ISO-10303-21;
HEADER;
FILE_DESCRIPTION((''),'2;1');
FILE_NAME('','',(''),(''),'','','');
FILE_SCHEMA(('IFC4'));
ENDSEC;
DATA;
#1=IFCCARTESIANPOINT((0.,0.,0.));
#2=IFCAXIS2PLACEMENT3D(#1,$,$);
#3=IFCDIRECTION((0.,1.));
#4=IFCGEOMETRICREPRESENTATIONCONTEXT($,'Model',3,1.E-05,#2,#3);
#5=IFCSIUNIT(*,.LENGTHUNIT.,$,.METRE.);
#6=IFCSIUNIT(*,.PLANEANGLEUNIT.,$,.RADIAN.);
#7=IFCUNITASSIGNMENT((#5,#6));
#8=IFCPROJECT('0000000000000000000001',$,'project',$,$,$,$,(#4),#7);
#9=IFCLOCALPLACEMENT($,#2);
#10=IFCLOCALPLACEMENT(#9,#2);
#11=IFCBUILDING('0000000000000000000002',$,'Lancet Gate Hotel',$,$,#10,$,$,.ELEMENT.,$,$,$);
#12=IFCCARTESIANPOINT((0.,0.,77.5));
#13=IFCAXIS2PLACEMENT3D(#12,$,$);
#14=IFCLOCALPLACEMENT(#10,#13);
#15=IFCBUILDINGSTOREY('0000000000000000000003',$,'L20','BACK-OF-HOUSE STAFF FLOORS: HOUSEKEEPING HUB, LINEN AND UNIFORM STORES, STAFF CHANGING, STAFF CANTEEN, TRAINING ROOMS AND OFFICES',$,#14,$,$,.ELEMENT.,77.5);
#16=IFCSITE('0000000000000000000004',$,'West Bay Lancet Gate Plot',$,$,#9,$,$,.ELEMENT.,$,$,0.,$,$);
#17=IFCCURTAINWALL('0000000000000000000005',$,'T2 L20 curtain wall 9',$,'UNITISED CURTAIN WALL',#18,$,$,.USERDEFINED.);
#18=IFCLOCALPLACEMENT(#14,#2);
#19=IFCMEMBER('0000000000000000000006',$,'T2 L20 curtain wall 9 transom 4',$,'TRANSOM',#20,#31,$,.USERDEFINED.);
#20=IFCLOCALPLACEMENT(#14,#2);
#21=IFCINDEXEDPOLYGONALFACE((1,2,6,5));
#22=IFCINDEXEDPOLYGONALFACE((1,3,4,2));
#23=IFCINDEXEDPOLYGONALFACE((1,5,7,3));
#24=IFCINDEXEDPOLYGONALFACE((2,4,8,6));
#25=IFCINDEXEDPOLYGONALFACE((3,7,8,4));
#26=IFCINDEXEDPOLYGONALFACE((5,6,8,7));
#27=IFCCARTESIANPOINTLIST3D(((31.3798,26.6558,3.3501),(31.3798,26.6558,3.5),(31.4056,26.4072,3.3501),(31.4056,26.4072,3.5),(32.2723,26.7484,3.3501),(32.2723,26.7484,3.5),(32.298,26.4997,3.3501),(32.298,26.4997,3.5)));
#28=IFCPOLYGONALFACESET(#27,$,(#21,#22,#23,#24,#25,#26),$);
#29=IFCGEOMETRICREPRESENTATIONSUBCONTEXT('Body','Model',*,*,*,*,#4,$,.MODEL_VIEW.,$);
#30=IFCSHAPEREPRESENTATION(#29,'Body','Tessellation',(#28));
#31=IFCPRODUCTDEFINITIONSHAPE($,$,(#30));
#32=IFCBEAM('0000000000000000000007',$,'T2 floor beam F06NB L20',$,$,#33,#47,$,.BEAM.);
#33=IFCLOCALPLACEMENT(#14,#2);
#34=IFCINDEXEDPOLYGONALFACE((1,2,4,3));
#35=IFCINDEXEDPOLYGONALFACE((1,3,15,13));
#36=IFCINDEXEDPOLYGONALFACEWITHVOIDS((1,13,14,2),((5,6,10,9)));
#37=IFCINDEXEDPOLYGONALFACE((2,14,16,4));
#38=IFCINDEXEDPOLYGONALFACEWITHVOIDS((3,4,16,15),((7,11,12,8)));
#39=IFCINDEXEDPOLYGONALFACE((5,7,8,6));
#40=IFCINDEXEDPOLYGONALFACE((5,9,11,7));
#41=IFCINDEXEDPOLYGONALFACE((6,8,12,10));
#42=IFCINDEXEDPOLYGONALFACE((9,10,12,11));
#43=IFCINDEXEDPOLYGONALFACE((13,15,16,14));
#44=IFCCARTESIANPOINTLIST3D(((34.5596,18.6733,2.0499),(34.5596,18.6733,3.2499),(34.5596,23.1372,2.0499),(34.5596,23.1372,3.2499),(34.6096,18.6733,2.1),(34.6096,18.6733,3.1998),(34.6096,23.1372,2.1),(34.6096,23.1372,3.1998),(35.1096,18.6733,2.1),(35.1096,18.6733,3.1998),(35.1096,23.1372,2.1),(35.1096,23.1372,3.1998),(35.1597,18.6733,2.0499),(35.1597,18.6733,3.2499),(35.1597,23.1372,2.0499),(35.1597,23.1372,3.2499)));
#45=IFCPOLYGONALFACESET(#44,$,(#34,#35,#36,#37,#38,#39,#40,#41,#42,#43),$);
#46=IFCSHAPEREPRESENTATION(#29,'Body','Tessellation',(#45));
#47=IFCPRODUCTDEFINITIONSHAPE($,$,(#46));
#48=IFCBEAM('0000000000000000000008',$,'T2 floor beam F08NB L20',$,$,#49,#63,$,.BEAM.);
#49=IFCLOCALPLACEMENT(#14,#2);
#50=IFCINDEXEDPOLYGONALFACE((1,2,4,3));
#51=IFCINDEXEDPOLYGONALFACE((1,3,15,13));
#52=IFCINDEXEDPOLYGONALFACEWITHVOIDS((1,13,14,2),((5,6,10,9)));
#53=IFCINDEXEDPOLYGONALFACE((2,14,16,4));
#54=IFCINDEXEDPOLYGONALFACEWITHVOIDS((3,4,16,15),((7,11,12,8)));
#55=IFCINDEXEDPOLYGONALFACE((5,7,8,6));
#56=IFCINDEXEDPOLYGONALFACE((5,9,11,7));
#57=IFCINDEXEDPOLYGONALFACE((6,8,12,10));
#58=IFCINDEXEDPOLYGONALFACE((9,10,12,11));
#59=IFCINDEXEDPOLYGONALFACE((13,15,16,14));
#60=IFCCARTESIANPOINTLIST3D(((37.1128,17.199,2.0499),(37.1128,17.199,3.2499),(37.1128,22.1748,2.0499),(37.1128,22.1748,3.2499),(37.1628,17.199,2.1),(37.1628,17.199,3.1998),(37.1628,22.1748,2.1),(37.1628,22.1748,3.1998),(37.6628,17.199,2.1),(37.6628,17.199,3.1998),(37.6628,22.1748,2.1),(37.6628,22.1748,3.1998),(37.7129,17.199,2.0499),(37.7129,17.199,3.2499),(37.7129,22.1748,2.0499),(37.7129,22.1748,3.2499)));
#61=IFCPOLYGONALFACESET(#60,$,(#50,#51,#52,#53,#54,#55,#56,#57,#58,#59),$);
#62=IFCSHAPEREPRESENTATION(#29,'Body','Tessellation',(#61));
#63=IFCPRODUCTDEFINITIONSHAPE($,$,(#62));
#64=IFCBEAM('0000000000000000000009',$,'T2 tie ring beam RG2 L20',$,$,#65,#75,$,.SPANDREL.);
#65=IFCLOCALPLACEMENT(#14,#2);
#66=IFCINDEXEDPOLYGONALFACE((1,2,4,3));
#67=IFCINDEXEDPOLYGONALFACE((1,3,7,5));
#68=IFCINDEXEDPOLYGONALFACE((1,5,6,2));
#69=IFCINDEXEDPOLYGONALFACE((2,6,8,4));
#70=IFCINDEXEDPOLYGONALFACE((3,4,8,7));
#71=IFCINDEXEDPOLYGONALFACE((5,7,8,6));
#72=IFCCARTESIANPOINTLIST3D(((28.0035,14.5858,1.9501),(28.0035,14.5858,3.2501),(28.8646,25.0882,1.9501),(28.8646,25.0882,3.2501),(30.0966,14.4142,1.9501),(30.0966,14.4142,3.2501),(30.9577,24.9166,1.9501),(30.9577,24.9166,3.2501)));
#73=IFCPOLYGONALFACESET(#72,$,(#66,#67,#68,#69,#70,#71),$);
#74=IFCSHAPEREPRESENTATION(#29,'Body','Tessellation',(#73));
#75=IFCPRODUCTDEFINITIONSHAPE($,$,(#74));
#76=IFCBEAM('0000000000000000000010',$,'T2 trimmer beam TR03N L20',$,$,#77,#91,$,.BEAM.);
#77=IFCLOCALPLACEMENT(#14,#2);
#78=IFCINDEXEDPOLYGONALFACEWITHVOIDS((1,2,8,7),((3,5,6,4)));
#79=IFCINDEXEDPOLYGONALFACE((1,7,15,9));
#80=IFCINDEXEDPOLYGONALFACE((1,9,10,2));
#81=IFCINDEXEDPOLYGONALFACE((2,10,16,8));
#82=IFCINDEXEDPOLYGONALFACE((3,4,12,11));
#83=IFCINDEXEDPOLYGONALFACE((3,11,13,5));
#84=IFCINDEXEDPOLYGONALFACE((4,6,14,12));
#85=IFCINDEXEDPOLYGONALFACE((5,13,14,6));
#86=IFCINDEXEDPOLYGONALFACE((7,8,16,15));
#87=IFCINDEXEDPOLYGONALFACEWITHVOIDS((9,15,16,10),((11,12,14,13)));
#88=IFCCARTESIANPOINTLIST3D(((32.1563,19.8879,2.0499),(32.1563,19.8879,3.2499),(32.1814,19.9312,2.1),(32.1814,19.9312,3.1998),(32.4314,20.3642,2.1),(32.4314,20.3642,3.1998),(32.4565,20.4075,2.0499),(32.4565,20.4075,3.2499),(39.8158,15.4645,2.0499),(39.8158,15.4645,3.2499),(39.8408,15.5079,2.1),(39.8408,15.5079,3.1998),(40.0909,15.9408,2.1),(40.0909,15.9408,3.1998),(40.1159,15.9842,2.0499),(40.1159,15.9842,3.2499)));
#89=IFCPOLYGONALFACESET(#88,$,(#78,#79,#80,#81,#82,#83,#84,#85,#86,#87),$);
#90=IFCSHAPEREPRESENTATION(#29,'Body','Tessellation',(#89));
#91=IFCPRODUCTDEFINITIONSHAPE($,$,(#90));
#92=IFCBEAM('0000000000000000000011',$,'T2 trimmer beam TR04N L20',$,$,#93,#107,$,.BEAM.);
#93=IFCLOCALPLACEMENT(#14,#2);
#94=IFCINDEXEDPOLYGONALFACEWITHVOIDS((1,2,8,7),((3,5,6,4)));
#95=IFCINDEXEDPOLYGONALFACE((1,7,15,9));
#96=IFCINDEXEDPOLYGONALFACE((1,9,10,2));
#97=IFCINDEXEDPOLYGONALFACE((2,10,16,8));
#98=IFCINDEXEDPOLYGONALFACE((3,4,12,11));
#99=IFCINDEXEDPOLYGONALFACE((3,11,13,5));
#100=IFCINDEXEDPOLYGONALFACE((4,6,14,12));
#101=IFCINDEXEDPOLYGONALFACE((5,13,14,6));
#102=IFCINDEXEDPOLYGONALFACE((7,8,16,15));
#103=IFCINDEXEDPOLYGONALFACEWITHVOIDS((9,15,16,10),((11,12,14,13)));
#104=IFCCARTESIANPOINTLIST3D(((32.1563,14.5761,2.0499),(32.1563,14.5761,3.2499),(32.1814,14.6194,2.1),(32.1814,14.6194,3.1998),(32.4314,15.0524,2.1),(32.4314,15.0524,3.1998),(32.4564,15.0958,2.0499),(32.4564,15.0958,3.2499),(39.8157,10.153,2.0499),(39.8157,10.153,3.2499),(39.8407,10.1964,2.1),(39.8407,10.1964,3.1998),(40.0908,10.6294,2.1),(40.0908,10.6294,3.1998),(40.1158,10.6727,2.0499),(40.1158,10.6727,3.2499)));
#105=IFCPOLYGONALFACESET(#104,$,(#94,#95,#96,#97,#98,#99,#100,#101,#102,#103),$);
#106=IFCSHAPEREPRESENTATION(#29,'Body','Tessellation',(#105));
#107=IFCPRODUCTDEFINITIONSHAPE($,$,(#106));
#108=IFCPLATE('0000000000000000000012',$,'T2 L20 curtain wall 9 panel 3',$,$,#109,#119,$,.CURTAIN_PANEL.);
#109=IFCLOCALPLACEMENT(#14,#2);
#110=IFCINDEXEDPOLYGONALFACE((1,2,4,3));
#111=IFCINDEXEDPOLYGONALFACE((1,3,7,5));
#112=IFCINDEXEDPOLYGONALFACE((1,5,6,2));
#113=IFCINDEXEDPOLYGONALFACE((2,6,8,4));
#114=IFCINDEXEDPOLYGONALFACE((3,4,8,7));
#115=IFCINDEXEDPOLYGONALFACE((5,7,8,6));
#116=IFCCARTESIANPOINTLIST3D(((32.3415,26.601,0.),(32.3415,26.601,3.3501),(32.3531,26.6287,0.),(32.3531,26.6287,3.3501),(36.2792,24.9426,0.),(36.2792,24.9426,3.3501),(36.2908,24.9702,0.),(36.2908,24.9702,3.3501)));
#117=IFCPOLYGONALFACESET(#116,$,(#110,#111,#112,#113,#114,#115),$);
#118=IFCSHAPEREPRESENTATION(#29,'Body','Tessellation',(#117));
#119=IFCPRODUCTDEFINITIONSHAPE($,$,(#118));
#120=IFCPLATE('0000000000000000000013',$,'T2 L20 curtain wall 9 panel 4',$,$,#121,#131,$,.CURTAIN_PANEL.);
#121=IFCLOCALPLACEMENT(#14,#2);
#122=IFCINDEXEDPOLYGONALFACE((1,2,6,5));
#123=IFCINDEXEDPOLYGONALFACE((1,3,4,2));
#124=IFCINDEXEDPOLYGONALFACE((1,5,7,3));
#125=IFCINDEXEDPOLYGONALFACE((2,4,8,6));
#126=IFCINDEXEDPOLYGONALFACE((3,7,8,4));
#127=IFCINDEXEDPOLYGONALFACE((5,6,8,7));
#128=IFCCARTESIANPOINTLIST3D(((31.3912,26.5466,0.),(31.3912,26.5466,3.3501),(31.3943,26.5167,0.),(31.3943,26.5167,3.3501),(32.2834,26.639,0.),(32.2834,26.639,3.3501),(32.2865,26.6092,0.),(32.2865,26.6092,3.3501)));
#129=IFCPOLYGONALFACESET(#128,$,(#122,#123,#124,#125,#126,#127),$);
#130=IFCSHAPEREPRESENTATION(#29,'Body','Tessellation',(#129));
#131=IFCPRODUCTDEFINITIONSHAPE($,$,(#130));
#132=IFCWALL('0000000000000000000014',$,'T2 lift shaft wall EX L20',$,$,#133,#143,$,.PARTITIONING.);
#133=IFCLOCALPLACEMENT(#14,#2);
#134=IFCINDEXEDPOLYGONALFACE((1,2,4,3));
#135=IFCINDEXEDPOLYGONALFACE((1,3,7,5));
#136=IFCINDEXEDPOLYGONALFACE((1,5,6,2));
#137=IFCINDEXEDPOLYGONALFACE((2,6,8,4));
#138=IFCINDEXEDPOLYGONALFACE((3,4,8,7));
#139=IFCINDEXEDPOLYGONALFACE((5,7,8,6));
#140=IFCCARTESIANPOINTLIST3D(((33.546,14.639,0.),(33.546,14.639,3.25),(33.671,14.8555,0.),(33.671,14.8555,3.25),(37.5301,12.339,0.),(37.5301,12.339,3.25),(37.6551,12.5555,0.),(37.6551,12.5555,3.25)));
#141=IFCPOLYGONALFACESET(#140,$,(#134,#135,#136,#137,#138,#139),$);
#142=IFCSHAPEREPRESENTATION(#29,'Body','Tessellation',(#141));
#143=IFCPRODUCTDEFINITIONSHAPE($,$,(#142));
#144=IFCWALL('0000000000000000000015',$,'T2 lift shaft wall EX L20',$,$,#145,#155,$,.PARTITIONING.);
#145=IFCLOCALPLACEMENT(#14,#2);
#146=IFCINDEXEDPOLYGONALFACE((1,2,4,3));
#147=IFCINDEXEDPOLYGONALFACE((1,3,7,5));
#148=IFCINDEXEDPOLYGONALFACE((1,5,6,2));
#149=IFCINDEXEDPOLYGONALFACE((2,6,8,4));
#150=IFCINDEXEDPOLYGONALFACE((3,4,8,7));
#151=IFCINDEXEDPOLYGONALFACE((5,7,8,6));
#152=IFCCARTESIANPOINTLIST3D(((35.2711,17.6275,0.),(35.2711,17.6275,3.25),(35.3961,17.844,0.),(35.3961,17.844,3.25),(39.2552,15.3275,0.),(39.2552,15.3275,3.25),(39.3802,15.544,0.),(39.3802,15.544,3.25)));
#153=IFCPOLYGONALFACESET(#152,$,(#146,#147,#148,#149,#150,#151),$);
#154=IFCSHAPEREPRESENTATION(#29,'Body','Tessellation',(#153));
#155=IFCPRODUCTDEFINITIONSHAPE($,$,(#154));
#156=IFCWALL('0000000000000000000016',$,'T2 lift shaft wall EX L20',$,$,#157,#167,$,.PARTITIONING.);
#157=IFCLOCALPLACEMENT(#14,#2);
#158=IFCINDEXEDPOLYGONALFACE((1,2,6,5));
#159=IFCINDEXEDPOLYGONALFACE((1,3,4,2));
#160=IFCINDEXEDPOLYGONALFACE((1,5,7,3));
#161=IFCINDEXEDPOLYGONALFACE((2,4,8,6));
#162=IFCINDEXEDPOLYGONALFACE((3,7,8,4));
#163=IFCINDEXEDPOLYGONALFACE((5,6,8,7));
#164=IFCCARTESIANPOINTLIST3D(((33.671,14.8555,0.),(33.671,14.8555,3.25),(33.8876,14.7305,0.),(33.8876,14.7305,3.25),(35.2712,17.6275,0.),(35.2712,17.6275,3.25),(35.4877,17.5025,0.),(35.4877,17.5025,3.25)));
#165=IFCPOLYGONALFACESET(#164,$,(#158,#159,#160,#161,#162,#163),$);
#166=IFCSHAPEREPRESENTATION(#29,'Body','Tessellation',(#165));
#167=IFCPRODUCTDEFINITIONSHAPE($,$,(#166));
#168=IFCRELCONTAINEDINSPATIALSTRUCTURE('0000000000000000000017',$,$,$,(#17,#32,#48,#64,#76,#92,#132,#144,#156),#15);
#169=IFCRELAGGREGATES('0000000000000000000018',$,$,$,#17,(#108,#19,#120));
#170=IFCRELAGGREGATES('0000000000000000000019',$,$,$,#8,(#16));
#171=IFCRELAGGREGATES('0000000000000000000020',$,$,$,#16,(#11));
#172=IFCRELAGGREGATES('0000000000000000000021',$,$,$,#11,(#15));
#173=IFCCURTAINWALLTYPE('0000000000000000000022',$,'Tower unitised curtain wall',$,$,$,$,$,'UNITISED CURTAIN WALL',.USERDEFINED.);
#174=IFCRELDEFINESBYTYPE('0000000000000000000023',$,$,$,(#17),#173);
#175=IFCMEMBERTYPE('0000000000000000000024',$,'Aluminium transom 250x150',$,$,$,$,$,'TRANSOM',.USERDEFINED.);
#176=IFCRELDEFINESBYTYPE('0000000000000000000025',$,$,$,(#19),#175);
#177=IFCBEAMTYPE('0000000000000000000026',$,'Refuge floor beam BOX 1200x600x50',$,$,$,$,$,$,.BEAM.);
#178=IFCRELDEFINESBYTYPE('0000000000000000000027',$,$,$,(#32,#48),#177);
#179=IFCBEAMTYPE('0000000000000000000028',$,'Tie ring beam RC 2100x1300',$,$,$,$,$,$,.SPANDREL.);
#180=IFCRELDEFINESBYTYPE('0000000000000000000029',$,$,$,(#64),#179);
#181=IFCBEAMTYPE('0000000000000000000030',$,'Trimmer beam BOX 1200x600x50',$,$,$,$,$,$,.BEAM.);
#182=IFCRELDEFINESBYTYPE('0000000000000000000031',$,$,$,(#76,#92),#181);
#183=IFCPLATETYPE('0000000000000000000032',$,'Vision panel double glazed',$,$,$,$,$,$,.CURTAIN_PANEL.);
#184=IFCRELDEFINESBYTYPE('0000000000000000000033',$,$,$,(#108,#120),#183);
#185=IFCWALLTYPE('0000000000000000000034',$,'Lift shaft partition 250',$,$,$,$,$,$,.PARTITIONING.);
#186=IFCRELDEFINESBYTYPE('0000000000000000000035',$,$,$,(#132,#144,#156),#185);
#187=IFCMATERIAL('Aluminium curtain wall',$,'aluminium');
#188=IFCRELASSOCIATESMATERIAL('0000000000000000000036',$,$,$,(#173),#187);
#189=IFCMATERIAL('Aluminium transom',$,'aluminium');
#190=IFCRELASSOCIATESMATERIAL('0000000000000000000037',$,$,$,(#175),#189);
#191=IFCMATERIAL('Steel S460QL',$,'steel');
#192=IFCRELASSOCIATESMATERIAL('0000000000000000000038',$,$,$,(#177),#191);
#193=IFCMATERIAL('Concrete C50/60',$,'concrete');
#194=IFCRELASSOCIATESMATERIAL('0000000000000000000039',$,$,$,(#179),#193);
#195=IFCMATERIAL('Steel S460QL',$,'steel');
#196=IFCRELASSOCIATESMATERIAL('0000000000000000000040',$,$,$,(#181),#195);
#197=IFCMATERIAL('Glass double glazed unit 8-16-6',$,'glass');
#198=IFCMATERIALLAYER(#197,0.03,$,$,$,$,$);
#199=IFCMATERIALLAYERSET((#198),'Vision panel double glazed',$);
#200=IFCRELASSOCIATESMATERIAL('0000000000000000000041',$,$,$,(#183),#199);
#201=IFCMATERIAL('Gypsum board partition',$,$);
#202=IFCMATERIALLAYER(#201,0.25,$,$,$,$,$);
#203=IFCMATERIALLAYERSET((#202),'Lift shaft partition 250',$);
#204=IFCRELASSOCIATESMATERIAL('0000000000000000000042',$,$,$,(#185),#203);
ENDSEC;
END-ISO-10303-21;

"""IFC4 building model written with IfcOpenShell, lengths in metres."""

from ifc_helpers import new_model, si_unit, direction, frame, frame_2d, origin, origin_2d, place, context, subcontext, project, spatial, rectangle, hollow_rectangle, extrude, material, layer, layer_set, material_profile, profile_set, type_object, element, aggregate, save


model = new_model("IFC4")

# Units and contexts
model_context = context("Model", 3, precision=1e-05, world=origin(), true_north=direction((0.0, 1.0)))
body_context = subcontext(model_context, "Body", "Model", "MODEL_VIEW")
ifc_project = project(units=[si_unit("LENGTHUNIT", "METRE"), si_unit("PLANEANGLEUNIT", "RADIAN")], contexts=[model_context])

# Site, building, storey
site_placement = place(None, origin())
site = spatial("IfcSite", under=ifc_project, at=site_placement, Name="West Bay Lancet Gate Plot", CompositionType="ELEMENT", RefElevation=0.0)
building_placement = place(site_placement, origin())
building = spatial("IfcBuilding", under=site, at=building_placement, Name="Lancet Gate Hotel", CompositionType="ELEMENT")
storey_placement = place(building_placement, frame((0.0, 0.0, 77.5)))
storey = spatial("IfcBuildingStorey", under=building, at=storey_placement, Name="L20", Description="BACK-OF-HOUSE STAFF FLOORS: HOUSEKEEPING HUB, LINEN AND UNIFORM STORES, STAFF CHANGING, STAFF CANTEEN, TRAINING ROOMS AND OFFICES", CompositionType="ELEMENT", Elevation=77.5)

# Curtain wall, member
ifc_material_1 = material(Name="Aluminium curtain wall", Category="aluminium")
curtain_wall_type = type_object("IfcCurtainWallType", Name="Tower unitised curtain wall", ElementType="UNITISED CURTAIN WALL", PredefinedType="USERDEFINED", material=ifc_material_1)
curtain_wall_placement = place(storey_placement, origin())
curtain_wall = element("IfcCurtainWall", 1, at=curtain_wall_placement, inside=storey, type_object=curtain_wall_type, Name="T2 L20 curtain wall 9", ObjectType="UNITISED CURTAIN WALL", PredefinedType="USERDEFINED")
ifc_material_2 = material(Name="Aluminium transom", Category="aluminium")
ifc_material_profile_1 = material_profile(ifc_material_2, rectangle(XDim=0.25, YDim=0.1499, at=origin_2d()), Name="TRANSOM 250x150")
ifc_profile_set_1 = profile_set([ifc_material_profile_1], Name="Aluminium transom")
member_type_1 = type_object("IfcMemberType", Name="Aluminium transom 250x150", ElementType="TRANSOM", PredefinedType="USERDEFINED", material=ifc_profile_set_1)
member_1_placement = place(storey_placement, frame((32.2852, 26.624, 3.425), z_axis=(-0.994667, -0.103141, 0.0), x_axis=(0.103141, -0.994667, 0.0)))
member_1 = element("IfcMember", 2, at=member_1_placement, type_object=member_type_1, Name="T2 L20 curtain wall 9 transom 4", ObjectType="TRANSOM", PredefinedType="USERDEFINED", context=body_context, shape_type="SweptSolid", body=[
    extrude(rectangle(XDim=0.25, YDim=0.1499, at=origin_2d()), origin(), (0.0, 0.0, 1.0), 0.8972),
])

# Beams
ifc_material_3 = material(Name="Steel S460QL", Category="steel")
ifc_material_profile_2 = material_profile(ifc_material_3, hollow_rectangle(XDim=0.6001, YDim=1.2, WallThickness=0.05, at=origin_2d()), Name="BOX 1200x600x50")
ifc_profile_set_2 = profile_set([ifc_material_profile_2], Name="Steel S460QL")
beam_type_1 = type_object("IfcBeamType", Name="Refuge floor beam BOX 1200x600x50", PredefinedType="BEAM", material=ifc_profile_set_2)
beam_1_placement = place(storey_placement, frame((34.8596, 18.6733, 2.6499), z_axis=(0.0, 1.0, 0.0), x_axis=(-1.0, 0.0, 0.0)))
element("IfcBeam", 3, at=beam_1_placement, inside=storey, type_object=beam_type_1, Name="T2 floor beam F06NB L20", PredefinedType="BEAM", context=body_context, shape_type="SweptSolid", body=[
    extrude(hollow_rectangle(XDim=0.6001, YDim=1.2, WallThickness=0.05, at=origin_2d()), origin(), (0.0, 0.0, 1.0), 4.4639),
])
beam_2_placement = place(storey_placement, frame((37.4128, 17.199, 2.6499), z_axis=(0.0, 1.0, 0.0), x_axis=(-1.0, 0.0, 0.0)))
element("IfcBeam", 4, at=beam_2_placement, inside=storey, type_object=beam_type_1, Name="T2 floor beam F08NB L20", PredefinedType="BEAM", context=body_context, shape_type="SweptSolid", body=[
    extrude(hollow_rectangle(XDim=0.6001, YDim=1.2, WallThickness=0.05, at=origin_2d()), origin(), (0.0, 0.0, 1.0), 4.9758),
])
ifc_material_4 = material(Name="Concrete C50/60", Category="concrete")
ifc_material_profile_3 = material_profile(ifc_material_4, rectangle(XDim=2.1001, YDim=1.3, at=origin_2d()), Name="RC 2100x1300")
ifc_profile_set_3 = profile_set([ifc_material_profile_3], Name="Concrete C50/60")
beam_type_2 = type_object("IfcBeamType", Name="Tie ring beam RC 2100x1300", PredefinedType="SPANDREL", material=ifc_profile_set_3)
beam_3_placement = place(storey_placement, frame((29.05, 14.5, 2.6001), z_axis=(0.081715, 0.996656, 0.0), x_axis=(-0.996656, 0.081715, 0.0)))
element("IfcBeam", 5, at=beam_3_placement, inside=storey, type_object=beam_type_2, Name="T2 tie ring beam RG2 L20", PredefinedType="SPANDREL", context=body_context, shape_type="SweptSolid", body=[
    extrude(rectangle(XDim=2.1001, YDim=1.3, at=origin_2d()), origin(), (0.0, 0.0, 1.0), 10.5376),
])
ifc_material_5 = material(Name="Steel S460QL", Category="steel")
ifc_material_profile_4 = material_profile(ifc_material_5, hollow_rectangle(XDim=0.6001, YDim=1.2, WallThickness=0.05, at=origin_2d()), Name="BOX 1200x600x50")
ifc_profile_set_4 = profile_set([ifc_material_profile_4], Name="Steel S460QL")
beam_type_3 = type_object("IfcBeamType", Name="Trimmer beam BOX 1200x600x50", PredefinedType="BEAM", material=ifc_profile_set_4)
beam_4_placement = place(storey_placement, frame((32.3064, 20.1477, 2.6499), z_axis=(0.865968, -0.500099, 0.0), x_axis=(0.500099, 0.865968, 0.0)))
element("IfcBeam", 6, at=beam_4_placement, inside=storey, type_object=beam_type_3, Name="T2 trimmer beam TR03N L20", PredefinedType="BEAM", context=body_context, shape_type="SweptSolid", body=[
    extrude(hollow_rectangle(XDim=0.6001, YDim=1.2, WallThickness=0.05, at=origin_2d()), origin(), (0.0, 0.0, 1.0), 8.845),
])
beam_5_placement = place(storey_placement, frame((32.3064, 14.8359, 2.6499), z_axis=(0.86598, -0.500078, 0.0), x_axis=(0.500078, 0.86598, 0.0)))
element("IfcBeam", 7, at=beam_5_placement, inside=storey, type_object=beam_type_3, Name="T2 trimmer beam TR04N L20", PredefinedType="BEAM", context=body_context, shape_type="SweptSolid", body=[
    extrude(hollow_rectangle(XDim=0.6001, YDim=1.2, WallThickness=0.05, at=origin_2d()), origin(), (0.0, 0.0, 1.0), 8.8447),
])

# Plates
ifc_material_6 = material(Name="Glass double glazed unit 8-16-6", Category="glass")
ifc_layer_1 = layer(ifc_material_6, 0.03)
ifc_layer_set_1 = layer_set([ifc_layer_1], Name="Vision panel double glazed")
plate_type = type_object("IfcPlateType", Name="Vision panel double glazed", PredefinedType="CURTAIN_PANEL", material=ifc_layer_set_1)
plate_1_placement = place(storey_placement, frame((34.3162, 25.7856, 0.0), z_axis=(0.0, 0.0, 1.0), x_axis=(-0.921593, 0.388157, 0.0)))
plate_1 = element("IfcPlate", 8, at=plate_1_placement, type_object=plate_type, Name="T2 L20 curtain wall 9 panel 3", PredefinedType="CURTAIN_PANEL", context=body_context, shape_type="SweptSolid", body=[
    extrude(rectangle(XDim=4.2727, YDim=0.03, at=origin_2d()), origin(), (0.0, 0.0, 1.0), 3.3501),
])
plate_2_placement = place(storey_placement, frame((31.8389, 26.5779, 0.0), z_axis=(0.0, 0.0, 1.0), x_axis=(-0.994672, -0.103088, 0.0)))
plate_2 = element("IfcPlate", 9, at=plate_2_placement, type_object=plate_type, Name="T2 L20 curtain wall 9 panel 4", PredefinedType="CURTAIN_PANEL", context=body_context, shape_type="SweptSolid", body=[
    extrude(rectangle(XDim=0.897, YDim=0.03, at=origin_2d()), origin(), (0.0, 0.0, 1.0), 3.3501),
])
aggregate(curtain_wall, [plate_1, member_1, plate_2])

# Walls
ifc_material_7 = material(Name="Gypsum board partition")
ifc_layer_2 = layer(ifc_material_7, 0.25)
ifc_layer_set_2 = layer_set([ifc_layer_2], Name="Lift shaft partition 250")
wall_type = type_object("IfcWallType", Name="Lift shaft partition 250", PredefinedType="PARTITIONING", material=ifc_layer_set_2)
for number, where, z_axis, x_axis, name in (
    (10, (33.6084, 14.7473, 0.0), (0.0, 0.0, 1.0), (0.866043, -0.499969, 0.0), "T2 lift shaft wall EX L20"),
    (11, (35.3335, 17.7358, 0.0), (0.0, 0.0, 1.0), (0.866043, -0.499969, 0.0), "T2 lift shaft wall EX L20"),
):
    element("IfcWall", number, at=place(storey_placement, frame(where, z_axis=z_axis, x_axis=x_axis)), inside=storey, type_object=wall_type, Name=name, PredefinedType="PARTITIONING", context=body_context, shape_type="SweptSolid", body=[
        extrude(rectangle(XDim=4.6003, YDim=0.25, at=frame_2d((2.3003, 0.0))), origin(), (0.0, 0.0, 1.0), 3.25),
    ])
wall_placement = place(storey_placement, frame((33.7793, 14.793, 0.0), z_axis=(0.0, 0.0, 1.0), x_axis=(0.499929, 0.866066, 0.0)))
element("IfcWall", 12, at=wall_placement, inside=storey, type_object=wall_type, Name="T2 lift shaft wall EX L20", PredefinedType="PARTITIONING", context=body_context, shape_type="SweptSolid", body=[
    extrude(rectangle(XDim=3.2007, YDim=0.25, at=frame_2d((1.6003, 0.0))), origin(), (0.0, 0.0, 1.0), 3.25),
])

save(model, "model.ifc")
